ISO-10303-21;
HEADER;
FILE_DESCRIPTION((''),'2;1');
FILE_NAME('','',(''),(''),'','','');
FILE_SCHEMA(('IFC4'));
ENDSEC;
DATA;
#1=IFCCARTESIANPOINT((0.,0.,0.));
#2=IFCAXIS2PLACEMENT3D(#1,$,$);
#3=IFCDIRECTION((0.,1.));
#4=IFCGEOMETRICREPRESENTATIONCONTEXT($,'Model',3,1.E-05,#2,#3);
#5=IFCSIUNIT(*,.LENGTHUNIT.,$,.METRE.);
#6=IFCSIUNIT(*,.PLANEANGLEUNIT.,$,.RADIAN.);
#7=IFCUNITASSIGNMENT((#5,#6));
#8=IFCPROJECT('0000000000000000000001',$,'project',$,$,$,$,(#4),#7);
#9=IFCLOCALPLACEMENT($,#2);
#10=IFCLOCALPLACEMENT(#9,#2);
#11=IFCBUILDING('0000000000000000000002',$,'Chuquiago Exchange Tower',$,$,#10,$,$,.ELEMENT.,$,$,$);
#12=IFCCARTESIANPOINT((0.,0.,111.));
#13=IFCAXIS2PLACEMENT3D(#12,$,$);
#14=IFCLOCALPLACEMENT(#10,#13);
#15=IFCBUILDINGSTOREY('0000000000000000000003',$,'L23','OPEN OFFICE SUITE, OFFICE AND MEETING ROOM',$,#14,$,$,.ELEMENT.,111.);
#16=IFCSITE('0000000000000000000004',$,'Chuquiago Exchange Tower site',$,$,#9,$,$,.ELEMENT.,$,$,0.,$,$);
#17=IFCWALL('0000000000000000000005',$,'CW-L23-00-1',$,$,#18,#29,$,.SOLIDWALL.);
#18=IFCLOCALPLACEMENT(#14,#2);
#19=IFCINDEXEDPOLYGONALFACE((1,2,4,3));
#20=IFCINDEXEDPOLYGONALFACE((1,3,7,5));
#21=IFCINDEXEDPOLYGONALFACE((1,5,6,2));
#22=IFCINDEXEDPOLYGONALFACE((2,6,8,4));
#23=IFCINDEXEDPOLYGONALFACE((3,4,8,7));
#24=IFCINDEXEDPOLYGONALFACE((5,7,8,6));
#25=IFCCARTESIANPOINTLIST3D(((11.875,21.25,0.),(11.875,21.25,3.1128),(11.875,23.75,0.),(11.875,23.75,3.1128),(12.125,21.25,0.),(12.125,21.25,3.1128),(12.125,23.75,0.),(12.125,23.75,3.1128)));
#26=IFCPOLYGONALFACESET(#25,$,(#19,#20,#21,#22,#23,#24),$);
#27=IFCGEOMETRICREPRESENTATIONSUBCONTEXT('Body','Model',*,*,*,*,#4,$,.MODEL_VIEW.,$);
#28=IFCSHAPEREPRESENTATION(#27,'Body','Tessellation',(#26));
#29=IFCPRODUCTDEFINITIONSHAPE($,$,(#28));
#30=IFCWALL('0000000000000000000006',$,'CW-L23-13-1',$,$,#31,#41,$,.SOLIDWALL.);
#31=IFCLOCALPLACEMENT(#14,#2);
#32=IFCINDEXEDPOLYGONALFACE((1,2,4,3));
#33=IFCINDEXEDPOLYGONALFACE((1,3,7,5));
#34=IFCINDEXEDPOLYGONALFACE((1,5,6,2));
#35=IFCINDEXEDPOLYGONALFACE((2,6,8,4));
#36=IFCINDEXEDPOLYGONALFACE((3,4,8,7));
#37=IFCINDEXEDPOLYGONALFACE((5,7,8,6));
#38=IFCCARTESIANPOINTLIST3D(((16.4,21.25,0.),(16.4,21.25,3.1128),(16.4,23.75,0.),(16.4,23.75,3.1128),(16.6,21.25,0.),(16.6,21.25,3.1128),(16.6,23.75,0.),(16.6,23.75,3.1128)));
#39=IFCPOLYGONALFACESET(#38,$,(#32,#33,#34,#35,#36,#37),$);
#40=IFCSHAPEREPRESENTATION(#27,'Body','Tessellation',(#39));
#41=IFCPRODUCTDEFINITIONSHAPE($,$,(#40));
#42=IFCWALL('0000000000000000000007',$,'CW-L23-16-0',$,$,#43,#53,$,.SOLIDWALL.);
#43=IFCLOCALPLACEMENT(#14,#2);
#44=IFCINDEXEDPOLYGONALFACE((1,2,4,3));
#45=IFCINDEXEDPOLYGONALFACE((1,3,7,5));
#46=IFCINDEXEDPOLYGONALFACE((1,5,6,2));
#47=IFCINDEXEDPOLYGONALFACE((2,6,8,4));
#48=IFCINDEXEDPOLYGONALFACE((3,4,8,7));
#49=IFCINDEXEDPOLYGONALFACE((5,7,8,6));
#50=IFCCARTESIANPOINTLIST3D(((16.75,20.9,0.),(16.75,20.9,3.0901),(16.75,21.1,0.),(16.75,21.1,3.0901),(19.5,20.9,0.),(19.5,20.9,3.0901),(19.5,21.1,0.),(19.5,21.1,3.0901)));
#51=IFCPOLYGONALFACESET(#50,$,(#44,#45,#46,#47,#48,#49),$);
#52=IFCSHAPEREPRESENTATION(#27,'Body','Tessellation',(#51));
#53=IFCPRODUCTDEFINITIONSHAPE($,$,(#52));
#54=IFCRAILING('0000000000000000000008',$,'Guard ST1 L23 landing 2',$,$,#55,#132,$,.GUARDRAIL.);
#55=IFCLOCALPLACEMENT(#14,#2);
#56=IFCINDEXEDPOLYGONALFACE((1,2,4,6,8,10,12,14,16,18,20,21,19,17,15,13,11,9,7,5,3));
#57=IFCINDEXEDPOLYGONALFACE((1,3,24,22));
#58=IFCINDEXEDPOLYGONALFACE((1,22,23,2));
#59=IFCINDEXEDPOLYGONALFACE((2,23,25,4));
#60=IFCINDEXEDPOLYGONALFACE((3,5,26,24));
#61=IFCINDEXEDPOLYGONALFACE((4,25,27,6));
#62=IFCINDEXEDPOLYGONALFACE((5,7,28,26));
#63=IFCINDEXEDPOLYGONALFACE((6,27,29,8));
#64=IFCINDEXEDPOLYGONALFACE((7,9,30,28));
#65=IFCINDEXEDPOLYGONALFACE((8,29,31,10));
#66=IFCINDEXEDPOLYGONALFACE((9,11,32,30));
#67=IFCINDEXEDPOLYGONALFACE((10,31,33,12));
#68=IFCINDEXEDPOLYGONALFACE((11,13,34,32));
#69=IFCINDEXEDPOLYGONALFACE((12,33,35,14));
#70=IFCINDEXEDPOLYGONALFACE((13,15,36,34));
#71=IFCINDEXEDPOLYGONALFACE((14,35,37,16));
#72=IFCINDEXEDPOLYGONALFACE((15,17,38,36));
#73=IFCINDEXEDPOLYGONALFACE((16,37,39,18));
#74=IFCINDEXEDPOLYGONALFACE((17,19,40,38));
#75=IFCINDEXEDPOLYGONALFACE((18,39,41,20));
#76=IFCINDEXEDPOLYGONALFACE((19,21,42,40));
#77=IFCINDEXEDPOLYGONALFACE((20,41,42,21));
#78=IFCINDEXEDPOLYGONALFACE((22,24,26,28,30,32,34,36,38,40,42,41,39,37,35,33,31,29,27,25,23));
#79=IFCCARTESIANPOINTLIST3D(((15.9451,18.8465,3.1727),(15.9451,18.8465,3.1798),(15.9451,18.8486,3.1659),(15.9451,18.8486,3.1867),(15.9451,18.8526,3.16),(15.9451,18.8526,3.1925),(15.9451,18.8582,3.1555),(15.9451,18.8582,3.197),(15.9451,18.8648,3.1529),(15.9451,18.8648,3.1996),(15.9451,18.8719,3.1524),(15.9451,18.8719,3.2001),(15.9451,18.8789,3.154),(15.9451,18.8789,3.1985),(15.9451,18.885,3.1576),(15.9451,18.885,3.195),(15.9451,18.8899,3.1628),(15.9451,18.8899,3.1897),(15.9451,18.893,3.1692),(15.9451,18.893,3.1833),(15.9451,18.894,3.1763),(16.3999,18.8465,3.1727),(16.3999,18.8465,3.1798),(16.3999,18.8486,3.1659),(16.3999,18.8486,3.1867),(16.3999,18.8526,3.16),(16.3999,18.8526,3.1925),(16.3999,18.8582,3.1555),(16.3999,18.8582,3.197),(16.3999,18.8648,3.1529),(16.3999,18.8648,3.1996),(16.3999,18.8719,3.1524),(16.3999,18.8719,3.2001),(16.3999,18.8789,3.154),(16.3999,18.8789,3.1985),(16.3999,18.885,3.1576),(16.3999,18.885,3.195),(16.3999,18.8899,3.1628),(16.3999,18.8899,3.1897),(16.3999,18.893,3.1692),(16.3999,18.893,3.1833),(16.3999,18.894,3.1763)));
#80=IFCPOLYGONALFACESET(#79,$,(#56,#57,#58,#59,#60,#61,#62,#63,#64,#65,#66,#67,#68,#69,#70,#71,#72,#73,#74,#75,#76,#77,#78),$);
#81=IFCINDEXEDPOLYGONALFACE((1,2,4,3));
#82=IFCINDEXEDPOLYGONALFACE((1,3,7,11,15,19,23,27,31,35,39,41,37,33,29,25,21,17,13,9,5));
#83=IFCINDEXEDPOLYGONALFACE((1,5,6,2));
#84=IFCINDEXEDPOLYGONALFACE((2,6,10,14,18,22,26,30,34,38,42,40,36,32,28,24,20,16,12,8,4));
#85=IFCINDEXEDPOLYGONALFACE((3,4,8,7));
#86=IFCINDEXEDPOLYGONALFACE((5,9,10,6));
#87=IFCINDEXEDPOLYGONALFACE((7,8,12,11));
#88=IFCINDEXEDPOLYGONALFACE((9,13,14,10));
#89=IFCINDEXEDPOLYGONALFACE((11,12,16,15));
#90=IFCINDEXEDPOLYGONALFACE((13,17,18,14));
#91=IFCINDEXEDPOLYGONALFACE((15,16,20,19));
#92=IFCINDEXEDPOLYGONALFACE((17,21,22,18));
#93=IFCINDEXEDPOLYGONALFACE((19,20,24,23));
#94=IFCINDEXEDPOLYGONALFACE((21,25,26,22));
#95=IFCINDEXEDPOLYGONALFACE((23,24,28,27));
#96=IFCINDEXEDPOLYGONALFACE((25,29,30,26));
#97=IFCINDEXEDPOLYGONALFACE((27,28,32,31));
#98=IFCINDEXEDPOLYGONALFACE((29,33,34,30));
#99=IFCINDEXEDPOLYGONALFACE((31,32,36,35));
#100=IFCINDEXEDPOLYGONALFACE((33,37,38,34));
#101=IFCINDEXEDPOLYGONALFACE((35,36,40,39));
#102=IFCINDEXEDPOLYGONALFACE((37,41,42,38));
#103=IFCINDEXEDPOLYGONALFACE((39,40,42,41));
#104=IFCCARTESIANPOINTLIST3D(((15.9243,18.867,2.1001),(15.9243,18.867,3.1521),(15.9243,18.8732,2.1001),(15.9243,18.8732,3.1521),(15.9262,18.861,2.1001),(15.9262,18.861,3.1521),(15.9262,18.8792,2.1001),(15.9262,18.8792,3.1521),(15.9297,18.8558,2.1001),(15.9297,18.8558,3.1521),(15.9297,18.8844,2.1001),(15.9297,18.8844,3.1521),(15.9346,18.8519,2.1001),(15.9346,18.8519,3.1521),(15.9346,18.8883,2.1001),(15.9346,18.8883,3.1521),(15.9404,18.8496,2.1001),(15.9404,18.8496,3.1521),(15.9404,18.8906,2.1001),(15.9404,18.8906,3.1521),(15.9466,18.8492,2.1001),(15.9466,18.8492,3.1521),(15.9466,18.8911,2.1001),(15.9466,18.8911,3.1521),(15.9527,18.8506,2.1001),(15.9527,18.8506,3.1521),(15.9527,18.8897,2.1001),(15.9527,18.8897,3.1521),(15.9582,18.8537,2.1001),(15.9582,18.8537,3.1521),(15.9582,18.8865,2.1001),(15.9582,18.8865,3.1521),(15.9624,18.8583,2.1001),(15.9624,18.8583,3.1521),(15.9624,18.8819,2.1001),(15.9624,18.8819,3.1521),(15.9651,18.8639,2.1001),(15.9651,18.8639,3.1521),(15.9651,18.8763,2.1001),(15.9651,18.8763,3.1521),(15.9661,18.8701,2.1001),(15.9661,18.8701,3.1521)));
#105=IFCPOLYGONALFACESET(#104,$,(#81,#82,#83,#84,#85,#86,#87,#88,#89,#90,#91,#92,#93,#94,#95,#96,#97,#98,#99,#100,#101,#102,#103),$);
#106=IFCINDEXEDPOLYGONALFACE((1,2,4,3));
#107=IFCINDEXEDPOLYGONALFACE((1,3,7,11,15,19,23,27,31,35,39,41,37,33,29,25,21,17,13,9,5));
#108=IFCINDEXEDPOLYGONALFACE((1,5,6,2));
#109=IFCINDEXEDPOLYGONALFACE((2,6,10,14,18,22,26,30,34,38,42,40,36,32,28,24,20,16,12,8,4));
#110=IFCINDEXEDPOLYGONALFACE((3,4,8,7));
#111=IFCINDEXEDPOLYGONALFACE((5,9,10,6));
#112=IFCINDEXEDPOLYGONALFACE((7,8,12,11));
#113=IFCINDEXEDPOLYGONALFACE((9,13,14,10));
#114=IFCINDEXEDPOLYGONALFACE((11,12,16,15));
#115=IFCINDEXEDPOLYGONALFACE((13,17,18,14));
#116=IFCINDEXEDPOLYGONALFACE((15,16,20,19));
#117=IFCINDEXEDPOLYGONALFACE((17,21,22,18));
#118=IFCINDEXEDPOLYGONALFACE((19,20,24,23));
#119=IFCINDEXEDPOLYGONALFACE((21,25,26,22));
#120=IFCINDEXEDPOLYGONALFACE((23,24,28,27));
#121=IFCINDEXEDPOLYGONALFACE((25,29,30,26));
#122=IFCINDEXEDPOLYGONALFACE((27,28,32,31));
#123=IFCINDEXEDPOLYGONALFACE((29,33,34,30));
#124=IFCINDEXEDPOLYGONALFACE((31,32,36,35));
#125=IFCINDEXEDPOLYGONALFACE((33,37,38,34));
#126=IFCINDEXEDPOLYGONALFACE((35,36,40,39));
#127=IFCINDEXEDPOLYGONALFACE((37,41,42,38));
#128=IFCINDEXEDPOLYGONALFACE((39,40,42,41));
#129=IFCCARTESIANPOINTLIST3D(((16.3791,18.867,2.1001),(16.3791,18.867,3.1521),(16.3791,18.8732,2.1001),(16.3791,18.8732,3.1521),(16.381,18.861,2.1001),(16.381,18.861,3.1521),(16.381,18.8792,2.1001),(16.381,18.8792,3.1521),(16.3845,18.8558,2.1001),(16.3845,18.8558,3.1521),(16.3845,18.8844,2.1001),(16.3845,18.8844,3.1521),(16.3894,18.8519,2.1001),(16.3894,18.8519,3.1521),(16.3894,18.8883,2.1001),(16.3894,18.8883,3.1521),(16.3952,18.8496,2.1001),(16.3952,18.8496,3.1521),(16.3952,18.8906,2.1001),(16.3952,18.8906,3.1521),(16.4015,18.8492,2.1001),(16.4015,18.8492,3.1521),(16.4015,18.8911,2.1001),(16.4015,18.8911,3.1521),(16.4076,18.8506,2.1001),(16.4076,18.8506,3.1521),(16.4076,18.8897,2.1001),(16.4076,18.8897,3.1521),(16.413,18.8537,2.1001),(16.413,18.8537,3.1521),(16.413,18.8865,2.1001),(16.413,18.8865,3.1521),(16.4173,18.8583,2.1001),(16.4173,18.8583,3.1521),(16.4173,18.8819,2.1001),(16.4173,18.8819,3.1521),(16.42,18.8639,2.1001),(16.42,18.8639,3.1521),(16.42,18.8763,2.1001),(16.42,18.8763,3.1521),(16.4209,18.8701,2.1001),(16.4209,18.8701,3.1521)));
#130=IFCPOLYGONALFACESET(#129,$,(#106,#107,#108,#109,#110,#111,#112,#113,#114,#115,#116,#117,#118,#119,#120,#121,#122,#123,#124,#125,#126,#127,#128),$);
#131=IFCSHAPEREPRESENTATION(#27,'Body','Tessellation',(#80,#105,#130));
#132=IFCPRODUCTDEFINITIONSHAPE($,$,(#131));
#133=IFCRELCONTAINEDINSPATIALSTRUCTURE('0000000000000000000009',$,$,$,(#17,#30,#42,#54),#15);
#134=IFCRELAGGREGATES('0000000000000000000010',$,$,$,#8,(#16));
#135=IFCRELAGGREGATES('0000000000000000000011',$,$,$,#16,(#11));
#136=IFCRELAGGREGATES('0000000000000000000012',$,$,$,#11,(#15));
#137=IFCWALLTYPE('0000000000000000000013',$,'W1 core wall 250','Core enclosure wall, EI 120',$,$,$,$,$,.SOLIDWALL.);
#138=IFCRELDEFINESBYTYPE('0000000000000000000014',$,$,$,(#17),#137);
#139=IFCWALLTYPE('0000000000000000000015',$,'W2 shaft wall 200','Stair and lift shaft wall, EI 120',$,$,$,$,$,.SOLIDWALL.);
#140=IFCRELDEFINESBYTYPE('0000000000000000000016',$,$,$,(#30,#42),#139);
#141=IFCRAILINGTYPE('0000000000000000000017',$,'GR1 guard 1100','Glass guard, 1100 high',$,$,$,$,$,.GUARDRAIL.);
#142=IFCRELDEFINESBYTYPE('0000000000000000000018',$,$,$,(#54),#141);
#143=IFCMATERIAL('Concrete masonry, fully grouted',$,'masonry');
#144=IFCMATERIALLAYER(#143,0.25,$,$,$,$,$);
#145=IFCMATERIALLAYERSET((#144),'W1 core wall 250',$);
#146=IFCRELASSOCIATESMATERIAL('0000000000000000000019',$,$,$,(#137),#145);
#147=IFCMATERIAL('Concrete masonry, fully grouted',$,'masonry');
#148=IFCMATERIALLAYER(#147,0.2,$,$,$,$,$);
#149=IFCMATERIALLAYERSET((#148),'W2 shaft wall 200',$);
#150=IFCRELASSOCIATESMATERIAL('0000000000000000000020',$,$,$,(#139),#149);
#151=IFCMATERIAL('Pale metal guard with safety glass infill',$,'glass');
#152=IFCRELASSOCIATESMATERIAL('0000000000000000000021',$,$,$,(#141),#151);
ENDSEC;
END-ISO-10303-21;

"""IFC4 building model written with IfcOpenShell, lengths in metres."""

from ifc_helpers import new_model, si_unit, direction, frame, frame_2d, origin, origin_2d, place, context, subcontext, project, spatial, rectangle, circle, extrude, material, layer, layer_set, type_object, element, save


model = new_model("IFC4")

# Units and contexts
model_context = context("Model", 3, precision=1e-05, world=origin(), true_north=direction((0.0, 1.0)))
body_context = subcontext(model_context, "Body", "Model", "MODEL_VIEW")
ifc_project = project(units=[si_unit("LENGTHUNIT", "METRE"), si_unit("PLANEANGLEUNIT", "RADIAN")], contexts=[model_context])

# Site, building, storey
site_placement = place(None, origin())
site = spatial("IfcSite", under=ifc_project, at=site_placement, Name="Chuquiago Exchange Tower site", CompositionType="ELEMENT", RefElevation=0.0)
building_placement = place(site_placement, origin())
building = spatial("IfcBuilding", under=site, at=building_placement, Name="Chuquiago Exchange Tower", CompositionType="ELEMENT")
storey_placement = place(building_placement, frame((0.0, 0.0, 111.0)))
storey = spatial("IfcBuildingStorey", under=building, at=storey_placement, Name="L23", Description="OPEN OFFICE SUITE, OFFICE AND MEETING ROOM", CompositionType="ELEMENT", Elevation=111.0)

# Walls
ifc_material_1 = material(Name="Concrete masonry, fully grouted", Category="masonry")
ifc_layer_1 = layer(ifc_material_1, 0.25)
ifc_layer_set_1 = layer_set([ifc_layer_1], Name="W1 core wall 250")
wall_type_1 = type_object("IfcWallType", Name="W1 core wall 250", Description="Core enclosure wall, EI 120", PredefinedType="SOLIDWALL", material=ifc_layer_set_1)
wall_1_placement = place(storey_placement, frame((12.0, 21.25, 0.0), z_axis=(0.0, 0.0, 1.0), x_axis=(0.0, 1.0, 0.0)))
element("IfcWall", 1, at=wall_1_placement, inside=storey, type_object=wall_type_1, Name="CW-L23-00-1", PredefinedType="SOLIDWALL", context=body_context, shape_type="SweptSolid", body=[
    extrude(rectangle(XDim=2.5, YDim=0.25, at=frame_2d((1.25, 0.0))), origin(), (0.0, 0.0, 1.0), 3.1128),
])
ifc_material_2 = material(Name="Concrete masonry, fully grouted", Category="masonry")
ifc_layer_2 = layer(ifc_material_2, 0.2)
ifc_layer_set_2 = layer_set([ifc_layer_2], Name="W2 shaft wall 200")
wall_type_2 = type_object("IfcWallType", Name="W2 shaft wall 200", Description="Stair and lift shaft wall, EI 120", PredefinedType="SOLIDWALL", material=ifc_layer_set_2)
wall_2_placement = place(storey_placement, frame((16.5, 21.25, 0.0), z_axis=(0.0, 0.0, 1.0), x_axis=(0.0, 1.0, 0.0)))
element("IfcWall", 2, at=wall_2_placement, inside=storey, type_object=wall_type_2, Name="CW-L23-13-1", PredefinedType="SOLIDWALL", context=body_context, shape_type="SweptSolid", body=[
    extrude(rectangle(XDim=2.5, YDim=0.2, at=frame_2d((1.25, 0.0))), origin(), (0.0, 0.0, 1.0), 3.1128),
])
wall_3_placement = place(storey_placement, frame((16.75, 21.0, 0.0), z_axis=(0.0, 0.0, 1.0), x_axis=(1.0, 0.0, 0.0)))
element("IfcWall", 3, at=wall_3_placement, inside=storey, type_object=wall_type_2, Name="CW-L23-16-0", PredefinedType="SOLIDWALL", context=body_context, shape_type="SweptSolid", body=[
    extrude(rectangle(XDim=2.75, YDim=0.2, at=frame_2d((1.375, 0.0))), origin(), (0.0, 0.0, 1.0), 3.0901),
])

# Railing
ifc_material_3 = material(Name="Pale metal guard with safety glass infill", Category="glass")
railing_type_1 = type_object("IfcRailingType", Name="GR1 guard 1100", Description="Glass guard, 1100 high", PredefinedType="GUARDRAIL", material=ifc_material_3)
railing_1_placement = place(storey_placement, frame((15.9451, 18.8701, 2.1001)))
element("IfcRailing", 4, at=railing_1_placement, inside=storey, type_object=railing_type_1, Name="Guard ST1 L23 landing 2", PredefinedType="GUARDRAIL", context=body_context, shape_type="SweptSolid", body=[
    extrude(circle(Radius=0.0239, at=origin_2d()), frame((0.0, 0.0, 1.0762), z_axis=(1.0, 0.0, 0.0), x_axis=(0.0, 1.0, 0.0)), (0.0, 0.0, 1.0), 0.4548),
    extrude(circle(Radius=0.021, at=origin_2d()), origin(), (0.0, 0.0, 1.0), 1.052),
    extrude(circle(Radius=0.021, at=origin_2d()), frame((0.4548, 0.0, 0.0)), (0.0, 0.0, 1.0), 1.052),
])

save(model, "model.ifc")
